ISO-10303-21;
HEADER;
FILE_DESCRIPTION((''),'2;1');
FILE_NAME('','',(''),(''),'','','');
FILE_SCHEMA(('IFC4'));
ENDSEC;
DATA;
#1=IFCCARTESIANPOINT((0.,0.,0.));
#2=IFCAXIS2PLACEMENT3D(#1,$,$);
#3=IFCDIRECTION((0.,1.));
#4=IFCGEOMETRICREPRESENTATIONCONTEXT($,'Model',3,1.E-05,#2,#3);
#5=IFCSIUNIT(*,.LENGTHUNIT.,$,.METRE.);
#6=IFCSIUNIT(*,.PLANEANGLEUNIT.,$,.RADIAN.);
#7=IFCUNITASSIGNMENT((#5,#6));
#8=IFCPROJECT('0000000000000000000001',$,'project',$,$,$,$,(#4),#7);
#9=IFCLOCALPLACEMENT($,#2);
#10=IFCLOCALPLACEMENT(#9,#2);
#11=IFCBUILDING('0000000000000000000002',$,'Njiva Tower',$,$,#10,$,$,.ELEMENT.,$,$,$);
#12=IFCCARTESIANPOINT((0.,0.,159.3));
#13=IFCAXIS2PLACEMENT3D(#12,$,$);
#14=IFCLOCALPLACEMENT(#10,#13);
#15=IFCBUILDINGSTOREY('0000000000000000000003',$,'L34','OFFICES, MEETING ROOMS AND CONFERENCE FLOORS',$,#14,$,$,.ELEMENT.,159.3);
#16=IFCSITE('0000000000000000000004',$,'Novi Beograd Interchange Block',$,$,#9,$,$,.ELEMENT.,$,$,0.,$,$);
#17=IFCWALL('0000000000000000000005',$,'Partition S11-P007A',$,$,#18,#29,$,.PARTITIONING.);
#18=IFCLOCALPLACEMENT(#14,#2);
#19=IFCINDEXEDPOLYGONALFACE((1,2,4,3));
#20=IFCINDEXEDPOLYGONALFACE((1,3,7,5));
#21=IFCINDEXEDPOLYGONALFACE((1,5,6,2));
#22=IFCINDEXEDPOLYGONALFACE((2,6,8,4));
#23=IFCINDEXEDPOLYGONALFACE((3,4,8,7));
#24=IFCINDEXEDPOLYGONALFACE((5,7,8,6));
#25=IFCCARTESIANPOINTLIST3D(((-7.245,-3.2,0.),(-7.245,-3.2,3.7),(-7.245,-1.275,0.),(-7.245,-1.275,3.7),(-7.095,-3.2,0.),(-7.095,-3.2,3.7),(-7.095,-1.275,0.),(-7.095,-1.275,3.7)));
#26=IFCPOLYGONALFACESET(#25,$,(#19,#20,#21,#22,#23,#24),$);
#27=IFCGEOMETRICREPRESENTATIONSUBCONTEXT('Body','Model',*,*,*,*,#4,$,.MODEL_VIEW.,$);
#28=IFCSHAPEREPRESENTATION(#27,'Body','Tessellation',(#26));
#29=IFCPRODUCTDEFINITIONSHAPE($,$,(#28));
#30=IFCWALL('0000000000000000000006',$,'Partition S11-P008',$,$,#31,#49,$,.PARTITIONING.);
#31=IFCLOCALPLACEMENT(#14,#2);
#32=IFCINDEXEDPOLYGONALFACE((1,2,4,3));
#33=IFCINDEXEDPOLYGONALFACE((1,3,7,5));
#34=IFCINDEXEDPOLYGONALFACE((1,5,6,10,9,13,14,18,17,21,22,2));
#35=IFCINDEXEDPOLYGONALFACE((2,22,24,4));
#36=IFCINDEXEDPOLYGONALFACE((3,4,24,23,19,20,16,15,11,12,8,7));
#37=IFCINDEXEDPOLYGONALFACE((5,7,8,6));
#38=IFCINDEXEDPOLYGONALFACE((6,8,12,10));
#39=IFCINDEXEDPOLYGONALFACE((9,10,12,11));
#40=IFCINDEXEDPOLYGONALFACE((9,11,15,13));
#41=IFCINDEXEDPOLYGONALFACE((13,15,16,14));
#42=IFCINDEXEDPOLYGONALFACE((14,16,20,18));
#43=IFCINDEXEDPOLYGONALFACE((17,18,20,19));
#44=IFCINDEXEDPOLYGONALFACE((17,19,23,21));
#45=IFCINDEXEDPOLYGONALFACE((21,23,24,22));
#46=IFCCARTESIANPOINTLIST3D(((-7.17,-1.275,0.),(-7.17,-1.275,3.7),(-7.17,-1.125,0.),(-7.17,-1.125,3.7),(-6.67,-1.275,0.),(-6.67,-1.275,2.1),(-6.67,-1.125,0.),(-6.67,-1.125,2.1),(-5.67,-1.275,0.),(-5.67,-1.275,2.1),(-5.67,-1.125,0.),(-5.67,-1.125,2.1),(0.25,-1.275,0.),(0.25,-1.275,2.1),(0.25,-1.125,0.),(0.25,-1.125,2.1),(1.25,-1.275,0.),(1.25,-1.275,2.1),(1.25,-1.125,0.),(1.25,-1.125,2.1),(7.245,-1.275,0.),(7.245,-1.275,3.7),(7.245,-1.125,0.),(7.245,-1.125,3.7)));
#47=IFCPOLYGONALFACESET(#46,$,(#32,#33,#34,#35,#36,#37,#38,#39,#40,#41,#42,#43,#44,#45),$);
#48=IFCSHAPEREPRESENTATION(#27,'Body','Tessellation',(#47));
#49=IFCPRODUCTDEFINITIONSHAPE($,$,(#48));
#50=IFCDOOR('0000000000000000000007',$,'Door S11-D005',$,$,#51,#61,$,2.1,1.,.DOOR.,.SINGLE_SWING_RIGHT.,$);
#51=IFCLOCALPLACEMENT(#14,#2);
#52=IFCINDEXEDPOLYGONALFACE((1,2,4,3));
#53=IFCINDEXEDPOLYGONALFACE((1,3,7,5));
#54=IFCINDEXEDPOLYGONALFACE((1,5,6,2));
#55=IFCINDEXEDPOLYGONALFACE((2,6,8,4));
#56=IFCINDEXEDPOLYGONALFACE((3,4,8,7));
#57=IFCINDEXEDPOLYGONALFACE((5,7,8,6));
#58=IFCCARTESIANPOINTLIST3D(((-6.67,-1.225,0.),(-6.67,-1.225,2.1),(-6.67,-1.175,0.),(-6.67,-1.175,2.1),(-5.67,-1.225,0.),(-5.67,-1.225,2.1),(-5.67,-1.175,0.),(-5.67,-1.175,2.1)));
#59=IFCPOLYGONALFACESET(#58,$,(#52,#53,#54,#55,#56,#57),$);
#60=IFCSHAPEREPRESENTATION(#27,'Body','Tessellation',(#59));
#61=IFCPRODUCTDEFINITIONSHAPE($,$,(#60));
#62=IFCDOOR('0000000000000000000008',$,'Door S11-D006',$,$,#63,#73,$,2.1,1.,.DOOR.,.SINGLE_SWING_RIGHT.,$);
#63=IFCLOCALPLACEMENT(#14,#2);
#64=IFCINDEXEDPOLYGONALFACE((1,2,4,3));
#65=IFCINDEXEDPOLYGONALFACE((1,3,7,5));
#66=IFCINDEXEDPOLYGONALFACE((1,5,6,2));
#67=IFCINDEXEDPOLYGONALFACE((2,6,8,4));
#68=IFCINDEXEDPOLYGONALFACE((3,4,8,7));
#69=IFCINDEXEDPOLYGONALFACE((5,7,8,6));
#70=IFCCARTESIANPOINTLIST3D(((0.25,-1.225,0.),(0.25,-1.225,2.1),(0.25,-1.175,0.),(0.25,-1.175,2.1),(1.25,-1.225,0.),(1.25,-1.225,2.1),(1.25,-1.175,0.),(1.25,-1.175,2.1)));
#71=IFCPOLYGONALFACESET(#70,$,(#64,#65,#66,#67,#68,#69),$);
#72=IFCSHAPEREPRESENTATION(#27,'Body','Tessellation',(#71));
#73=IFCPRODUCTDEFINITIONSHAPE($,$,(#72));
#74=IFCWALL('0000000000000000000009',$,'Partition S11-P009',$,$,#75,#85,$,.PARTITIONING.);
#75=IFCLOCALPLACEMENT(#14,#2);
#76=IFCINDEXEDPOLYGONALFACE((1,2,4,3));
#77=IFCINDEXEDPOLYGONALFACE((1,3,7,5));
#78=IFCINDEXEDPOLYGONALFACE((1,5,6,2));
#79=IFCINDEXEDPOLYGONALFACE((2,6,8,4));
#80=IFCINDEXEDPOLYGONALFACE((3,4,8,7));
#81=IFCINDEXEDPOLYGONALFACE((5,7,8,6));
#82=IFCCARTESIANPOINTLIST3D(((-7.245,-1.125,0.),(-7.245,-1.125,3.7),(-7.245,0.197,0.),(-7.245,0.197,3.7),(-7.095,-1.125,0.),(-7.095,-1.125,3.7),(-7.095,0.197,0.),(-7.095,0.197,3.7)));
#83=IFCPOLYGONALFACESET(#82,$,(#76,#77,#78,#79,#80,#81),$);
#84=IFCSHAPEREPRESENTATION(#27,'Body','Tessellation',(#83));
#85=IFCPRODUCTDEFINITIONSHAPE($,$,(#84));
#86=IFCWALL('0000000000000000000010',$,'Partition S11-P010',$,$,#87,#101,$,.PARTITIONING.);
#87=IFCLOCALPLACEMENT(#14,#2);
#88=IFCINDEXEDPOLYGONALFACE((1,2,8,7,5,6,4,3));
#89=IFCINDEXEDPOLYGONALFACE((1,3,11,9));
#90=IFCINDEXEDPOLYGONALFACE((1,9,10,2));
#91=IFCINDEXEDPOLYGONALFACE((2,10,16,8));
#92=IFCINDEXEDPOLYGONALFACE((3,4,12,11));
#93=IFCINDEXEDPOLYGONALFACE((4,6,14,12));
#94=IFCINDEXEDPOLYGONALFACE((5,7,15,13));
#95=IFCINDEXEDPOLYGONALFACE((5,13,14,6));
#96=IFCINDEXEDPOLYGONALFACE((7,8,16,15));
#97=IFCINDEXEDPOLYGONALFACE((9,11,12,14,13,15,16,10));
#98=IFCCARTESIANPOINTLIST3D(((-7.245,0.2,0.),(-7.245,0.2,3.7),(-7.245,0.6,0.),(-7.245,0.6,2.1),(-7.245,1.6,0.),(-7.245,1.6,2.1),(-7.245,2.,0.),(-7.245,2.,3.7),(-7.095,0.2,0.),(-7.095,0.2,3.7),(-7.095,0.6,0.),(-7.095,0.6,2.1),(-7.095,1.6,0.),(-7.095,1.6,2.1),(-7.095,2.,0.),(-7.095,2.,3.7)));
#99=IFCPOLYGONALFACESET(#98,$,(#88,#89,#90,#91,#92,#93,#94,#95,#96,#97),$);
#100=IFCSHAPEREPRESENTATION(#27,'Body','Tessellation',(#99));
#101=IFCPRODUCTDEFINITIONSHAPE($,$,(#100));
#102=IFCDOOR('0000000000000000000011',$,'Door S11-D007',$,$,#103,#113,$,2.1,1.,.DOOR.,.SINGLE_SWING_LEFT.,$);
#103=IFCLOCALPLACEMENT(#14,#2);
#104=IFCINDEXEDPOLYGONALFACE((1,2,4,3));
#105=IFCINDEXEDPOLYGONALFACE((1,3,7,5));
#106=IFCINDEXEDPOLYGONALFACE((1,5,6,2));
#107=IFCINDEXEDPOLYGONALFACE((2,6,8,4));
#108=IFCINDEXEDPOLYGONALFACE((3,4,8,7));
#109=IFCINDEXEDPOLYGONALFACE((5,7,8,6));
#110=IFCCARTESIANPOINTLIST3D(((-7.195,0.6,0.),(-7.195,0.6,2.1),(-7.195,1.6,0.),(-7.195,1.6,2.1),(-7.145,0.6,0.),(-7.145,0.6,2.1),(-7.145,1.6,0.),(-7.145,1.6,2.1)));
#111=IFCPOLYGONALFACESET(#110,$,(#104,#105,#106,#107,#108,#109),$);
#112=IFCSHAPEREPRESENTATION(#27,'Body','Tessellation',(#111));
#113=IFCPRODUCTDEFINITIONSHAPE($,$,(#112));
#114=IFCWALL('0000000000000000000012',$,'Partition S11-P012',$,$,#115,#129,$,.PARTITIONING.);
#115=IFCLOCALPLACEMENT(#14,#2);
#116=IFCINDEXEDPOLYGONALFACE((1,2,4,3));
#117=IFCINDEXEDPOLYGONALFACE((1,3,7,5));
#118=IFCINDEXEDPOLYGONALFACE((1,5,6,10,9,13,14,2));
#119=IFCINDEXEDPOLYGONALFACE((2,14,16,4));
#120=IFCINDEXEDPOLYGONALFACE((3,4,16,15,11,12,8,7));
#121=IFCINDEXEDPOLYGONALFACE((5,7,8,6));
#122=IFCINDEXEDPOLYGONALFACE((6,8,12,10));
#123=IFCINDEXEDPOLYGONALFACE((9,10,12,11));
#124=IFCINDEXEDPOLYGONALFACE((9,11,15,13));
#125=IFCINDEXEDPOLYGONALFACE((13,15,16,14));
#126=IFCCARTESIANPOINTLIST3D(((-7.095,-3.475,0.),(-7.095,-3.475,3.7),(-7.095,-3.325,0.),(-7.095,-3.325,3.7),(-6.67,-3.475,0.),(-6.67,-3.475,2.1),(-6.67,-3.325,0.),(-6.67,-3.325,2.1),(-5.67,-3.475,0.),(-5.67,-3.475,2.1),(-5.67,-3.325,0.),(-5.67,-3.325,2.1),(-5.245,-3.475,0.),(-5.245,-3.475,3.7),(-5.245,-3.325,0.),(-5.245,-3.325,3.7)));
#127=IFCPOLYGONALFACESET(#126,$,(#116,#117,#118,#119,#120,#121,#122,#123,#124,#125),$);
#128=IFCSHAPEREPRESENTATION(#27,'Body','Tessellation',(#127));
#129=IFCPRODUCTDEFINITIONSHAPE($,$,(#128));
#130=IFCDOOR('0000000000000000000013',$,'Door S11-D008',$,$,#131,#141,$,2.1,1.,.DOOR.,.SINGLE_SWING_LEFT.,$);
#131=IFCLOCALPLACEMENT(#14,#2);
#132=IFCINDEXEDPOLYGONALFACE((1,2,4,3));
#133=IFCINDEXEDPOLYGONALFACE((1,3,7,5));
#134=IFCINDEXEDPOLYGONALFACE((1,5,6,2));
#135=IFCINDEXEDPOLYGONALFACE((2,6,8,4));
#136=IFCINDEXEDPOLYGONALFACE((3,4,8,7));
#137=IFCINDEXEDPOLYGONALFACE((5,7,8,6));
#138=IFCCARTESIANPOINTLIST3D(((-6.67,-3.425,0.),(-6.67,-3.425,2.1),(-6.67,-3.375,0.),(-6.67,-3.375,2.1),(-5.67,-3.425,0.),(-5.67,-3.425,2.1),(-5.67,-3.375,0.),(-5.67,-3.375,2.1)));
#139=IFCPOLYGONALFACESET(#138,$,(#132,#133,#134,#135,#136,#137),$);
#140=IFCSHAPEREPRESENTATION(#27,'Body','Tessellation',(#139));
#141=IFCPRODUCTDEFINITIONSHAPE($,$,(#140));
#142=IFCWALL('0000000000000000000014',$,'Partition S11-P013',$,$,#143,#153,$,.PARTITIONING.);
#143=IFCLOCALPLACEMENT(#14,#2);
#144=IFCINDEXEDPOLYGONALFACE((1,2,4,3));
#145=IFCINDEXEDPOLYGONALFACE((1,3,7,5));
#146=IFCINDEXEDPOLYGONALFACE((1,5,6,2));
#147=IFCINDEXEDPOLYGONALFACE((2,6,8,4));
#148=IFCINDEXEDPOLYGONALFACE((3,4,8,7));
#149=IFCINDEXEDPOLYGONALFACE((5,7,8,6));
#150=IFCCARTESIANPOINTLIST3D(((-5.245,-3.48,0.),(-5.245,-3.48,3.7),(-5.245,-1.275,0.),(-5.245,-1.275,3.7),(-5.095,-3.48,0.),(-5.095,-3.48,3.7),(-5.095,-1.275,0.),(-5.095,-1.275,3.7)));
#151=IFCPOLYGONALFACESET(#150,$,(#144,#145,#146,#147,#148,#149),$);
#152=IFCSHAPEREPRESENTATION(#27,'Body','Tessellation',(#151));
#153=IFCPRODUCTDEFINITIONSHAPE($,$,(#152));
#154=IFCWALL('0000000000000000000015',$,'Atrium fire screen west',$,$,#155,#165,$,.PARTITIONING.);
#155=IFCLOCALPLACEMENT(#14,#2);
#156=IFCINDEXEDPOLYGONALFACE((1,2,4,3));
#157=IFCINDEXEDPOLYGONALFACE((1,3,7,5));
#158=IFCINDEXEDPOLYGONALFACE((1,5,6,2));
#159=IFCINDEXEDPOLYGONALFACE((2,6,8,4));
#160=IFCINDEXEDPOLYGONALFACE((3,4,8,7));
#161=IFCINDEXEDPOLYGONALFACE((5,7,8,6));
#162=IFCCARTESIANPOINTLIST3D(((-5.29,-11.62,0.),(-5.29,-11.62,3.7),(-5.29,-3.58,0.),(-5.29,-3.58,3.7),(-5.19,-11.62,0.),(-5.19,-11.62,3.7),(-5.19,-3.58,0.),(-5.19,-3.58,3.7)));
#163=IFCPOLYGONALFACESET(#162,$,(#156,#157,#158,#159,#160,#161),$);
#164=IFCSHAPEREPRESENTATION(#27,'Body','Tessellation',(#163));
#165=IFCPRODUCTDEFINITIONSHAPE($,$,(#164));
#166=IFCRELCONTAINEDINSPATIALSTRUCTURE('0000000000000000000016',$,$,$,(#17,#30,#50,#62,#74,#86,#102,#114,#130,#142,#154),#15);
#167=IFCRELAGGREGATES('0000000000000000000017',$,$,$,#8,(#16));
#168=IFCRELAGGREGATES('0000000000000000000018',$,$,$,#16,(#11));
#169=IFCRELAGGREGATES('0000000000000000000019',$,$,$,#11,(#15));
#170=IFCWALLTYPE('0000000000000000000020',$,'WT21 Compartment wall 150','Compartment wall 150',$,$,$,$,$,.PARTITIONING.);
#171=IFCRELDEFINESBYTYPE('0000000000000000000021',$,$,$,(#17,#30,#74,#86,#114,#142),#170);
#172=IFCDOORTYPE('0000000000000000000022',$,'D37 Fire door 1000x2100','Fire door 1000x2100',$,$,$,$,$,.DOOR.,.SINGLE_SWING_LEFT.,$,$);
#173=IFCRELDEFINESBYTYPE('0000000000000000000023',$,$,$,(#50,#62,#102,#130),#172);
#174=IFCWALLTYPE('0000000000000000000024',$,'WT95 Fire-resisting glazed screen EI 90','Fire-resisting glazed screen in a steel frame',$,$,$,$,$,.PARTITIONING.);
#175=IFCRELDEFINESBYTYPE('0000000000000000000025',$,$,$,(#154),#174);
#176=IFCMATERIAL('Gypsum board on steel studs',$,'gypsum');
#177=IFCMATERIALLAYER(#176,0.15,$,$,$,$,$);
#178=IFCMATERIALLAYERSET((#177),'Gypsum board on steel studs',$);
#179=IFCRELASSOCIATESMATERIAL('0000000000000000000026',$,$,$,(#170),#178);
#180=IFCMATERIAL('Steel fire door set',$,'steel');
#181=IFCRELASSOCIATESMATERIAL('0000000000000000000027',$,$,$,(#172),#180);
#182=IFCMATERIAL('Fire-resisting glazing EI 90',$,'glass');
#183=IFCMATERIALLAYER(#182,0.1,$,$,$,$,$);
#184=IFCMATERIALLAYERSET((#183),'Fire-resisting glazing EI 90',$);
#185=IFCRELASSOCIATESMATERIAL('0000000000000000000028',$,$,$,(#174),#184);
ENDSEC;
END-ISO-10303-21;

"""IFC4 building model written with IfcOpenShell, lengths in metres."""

from ifc_helpers import new_model, si_unit, direction, frame, frame_2d, origin, place, context, subcontext, project, spatial, rectangle, extrude, material, layer, layer_set, type_object, element, fill, save


model = new_model("IFC4")

# Units and contexts
model_context = context("Model", 3, precision=1e-05, world=origin(), true_north=direction((0.0, 1.0)))
body_context = subcontext(model_context, "Body", "Model", "MODEL_VIEW")
ifc_project = project(units=[si_unit("LENGTHUNIT", "METRE"), si_unit("PLANEANGLEUNIT", "RADIAN")], contexts=[model_context])

# Site, building, storey
site_placement = place(None, origin())
site = spatial("IfcSite", under=ifc_project, at=site_placement, Name="Novi Beograd Interchange Block", CompositionType="ELEMENT", RefElevation=0.0)
building_placement = place(site_placement, origin())
building = spatial("IfcBuilding", under=site, at=building_placement, Name="Njiva Tower", CompositionType="ELEMENT")
storey_placement = place(building_placement, frame((0.0, 0.0, 159.3)))
storey = spatial("IfcBuildingStorey", under=building, at=storey_placement, Name="L34", Description="OFFICES, MEETING ROOMS AND CONFERENCE FLOORS", CompositionType="ELEMENT", Elevation=159.3)

# Shared definitions
ifc_material_1 = material(Name="Gypsum board on steel studs", Category="gypsum")
ifc_layer_1 = layer(ifc_material_1, 0.15)
ifc_layer_set_1 = layer_set([ifc_layer_1], Name="Gypsum board on steel studs")
wall_type_1 = type_object("IfcWallType", Name="WT21 Compartment wall 150", Description="Compartment wall 150", PredefinedType="PARTITIONING", material=ifc_layer_set_1)
ifc_material_2 = material(Name="Steel fire door set", Category="steel")
door_type = type_object("IfcDoorType", Name="D37 Fire door 1000x2100", Description="Fire door 1000x2100", OperationType="SINGLE_SWING_LEFT", PredefinedType="DOOR", material=ifc_material_2)

# Wall
wall_1_placement = place(storey_placement, frame((-7.17, -3.2, 0.0), z_axis=(0.0, 0.0, 1.0), x_axis=(0.0, 1.0, 0.0)))
element("IfcWall", 1, at=wall_1_placement, inside=storey, type_object=wall_type_1, Name="Partition S11-P007A", PredefinedType="PARTITIONING", context=body_context, shape_type="SweptSolid", body=[
    extrude(rectangle(XDim=1.925, YDim=0.15, at=frame_2d((0.9625, 0.0))), origin(), (0.0, 0.0, 1.0), 3.7),
])

# Wall, openings, doors
wall_2_placement = place(storey_placement, frame((-7.17, -1.2, 0.0), z_axis=(0.0, 0.0, 1.0), x_axis=(1.0, 0.0, 0.0)))
wall_2 = element("IfcWall", 2, at=wall_2_placement, inside=storey, type_object=wall_type_1, Name="Partition S11-P008", PredefinedType="PARTITIONING", context=body_context, shape_type="SweptSolid", body=[
    extrude(rectangle(XDim=14.415, YDim=0.15, at=frame_2d((7.2075, 0.0))), origin(), (0.0, 0.0, 1.0), 3.7),
])
opening_1_placement = place(wall_2_placement, frame((0.5, 0.0, 0.0)))
opening_1 = element("IfcOpeningElement", 3, at=opening_1_placement, cuts=wall_2, PredefinedType="OPENING", context=body_context, shape_type="SweptSolid", body=[
    extrude(rectangle(XDim=1.0, YDim=2.1, at=frame_2d((0.5, 1.05))), frame((0.0, 0.085, 0.0), z_axis=(0.0, -1.0, 0.0), x_axis=(1.0, 0.0, 0.0)), (0.0, 0.0, 1.0), 0.17),
])
opening_2_placement = place(wall_2_placement, frame((7.42, 0.0, 0.0)))
opening_2 = element("IfcOpeningElement", 4, at=opening_2_placement, cuts=wall_2, PredefinedType="OPENING", context=body_context, shape_type="SweptSolid", body=[
    extrude(rectangle(XDim=1.0, YDim=2.1, at=frame_2d((0.5, 1.05))), frame((0.0, 0.085, 0.0), z_axis=(0.0, -1.0, 0.0), x_axis=(1.0, 0.0, 0.0)), (0.0, 0.0, 1.0), 0.17),
])
door_1_placement = place(opening_1_placement, origin())
door_1 = element("IfcDoor", 5, at=door_1_placement, inside=storey, type_object=door_type, Name="Door S11-D005", OperationType="SINGLE_SWING_RIGHT", OverallHeight=2.1, OverallWidth=1.0, PredefinedType="DOOR", context=body_context, shape_type="SweptSolid", body=[
    extrude(rectangle(XDim=1.0, YDim=2.1, at=frame_2d((0.5, 1.05))), frame((0.0, 0.025, 0.0), z_axis=(0.0, -1.0, 0.0), x_axis=(1.0, 0.0, 0.0)), (0.0, 0.0, 1.0), 0.05),
])
fill(opening_1, door_1)
door_2_placement = place(opening_2_placement, origin())
door_2 = element("IfcDoor", 6, at=door_2_placement, inside=storey, type_object=door_type, Name="Door S11-D006", OperationType="SINGLE_SWING_RIGHT", OverallHeight=2.1, OverallWidth=1.0, PredefinedType="DOOR", context=body_context, shape_type="SweptSolid", body=[
    extrude(rectangle(XDim=1.0, YDim=2.1, at=frame_2d((0.5, 1.05))), frame((0.0, 0.025, 0.0), z_axis=(0.0, -1.0, 0.0), x_axis=(1.0, 0.0, 0.0)), (0.0, 0.0, 1.0), 0.05),
])
fill(opening_2, door_2)

# Wall
wall_3_placement = place(storey_placement, frame((-7.17, -1.125, 0.0), z_axis=(0.0, 0.0, 1.0), x_axis=(0.0, 1.0, 0.0)))
element("IfcWall", 7, at=wall_3_placement, inside=storey, type_object=wall_type_1, Name="Partition S11-P009", PredefinedType="PARTITIONING", context=body_context, shape_type="SweptSolid", body=[
    extrude(rectangle(XDim=1.322, YDim=0.15, at=frame_2d((0.661, 0.0))), origin(), (0.0, 0.0, 1.0), 3.7),
])

# Walls, openings, doors
wall_4_placement = place(storey_placement, frame((-7.17, 0.2, 0.0), z_axis=(0.0, 0.0, 1.0), x_axis=(0.0, 1.0, 0.0)))
wall_4 = element("IfcWall", 8, at=wall_4_placement, inside=storey, type_object=wall_type_1, Name="Partition S11-P010", PredefinedType="PARTITIONING", context=body_context, shape_type="SweptSolid", body=[
    extrude(rectangle(XDim=1.8, YDim=0.15, at=frame_2d((0.9, 0.0))), origin(), (0.0, 0.0, 1.0), 3.7),
])
opening_3_placement = place(wall_4_placement, frame((0.4, 0.0, 0.0)))
opening_3 = element("IfcOpeningElement", 9, at=opening_3_placement, cuts=wall_4, PredefinedType="OPENING", context=body_context, shape_type="SweptSolid", body=[
    extrude(rectangle(XDim=1.0, YDim=2.1, at=frame_2d((0.5, 1.05))), frame((0.0, 0.085, 0.0), z_axis=(0.0, -1.0, 0.0), x_axis=(1.0, 0.0, 0.0)), (0.0, 0.0, 1.0), 0.17),
])
door_3_placement = place(opening_3_placement, origin())
door_3 = element("IfcDoor", 10, at=door_3_placement, inside=storey, type_object=door_type, Name="Door S11-D007", OperationType="SINGLE_SWING_LEFT", OverallHeight=2.1, OverallWidth=1.0, PredefinedType="DOOR", context=body_context, shape_type="SweptSolid", body=[
    extrude(rectangle(XDim=1.0, YDim=2.1, at=frame_2d((0.5, 1.05))), frame((0.0, 0.025, 0.0), z_axis=(0.0, -1.0, 0.0), x_axis=(1.0, 0.0, 0.0)), (0.0, 0.0, 1.0), 0.05),
])
fill(opening_3, door_3)
wall_5_placement = place(storey_placement, frame((-7.095, -3.4, 0.0), z_axis=(0.0, 0.0, 1.0), x_axis=(1.0, 0.0, 0.0)))
wall_5 = element("IfcWall", 11, at=wall_5_placement, inside=storey, type_object=wall_type_1, Name="Partition S11-P012", PredefinedType="PARTITIONING", context=body_context, shape_type="SweptSolid", body=[
    extrude(rectangle(XDim=1.85, YDim=0.15, at=frame_2d((0.925, 0.0))), origin(), (0.0, 0.0, 1.0), 3.7),
])
opening_4_placement = place(wall_5_placement, frame((0.425, 0.0, 0.0)))
opening_4 = element("IfcOpeningElement", 12, at=opening_4_placement, cuts=wall_5, PredefinedType="OPENING", context=body_context, shape_type="SweptSolid", body=[
    extrude(rectangle(XDim=1.0, YDim=2.1, at=frame_2d((0.5, 1.05))), frame((0.0, 0.085, 0.0), z_axis=(0.0, -1.0, 0.0), x_axis=(1.0, 0.0, 0.0)), (0.0, 0.0, 1.0), 0.17),
])
door_4_placement = place(opening_4_placement, origin())
door_4 = element("IfcDoor", 13, at=door_4_placement, inside=storey, type_object=door_type, Name="Door S11-D008", OperationType="SINGLE_SWING_LEFT", OverallHeight=2.1, OverallWidth=1.0, PredefinedType="DOOR", context=body_context, shape_type="SweptSolid", body=[
    extrude(rectangle(XDim=1.0, YDim=2.1, at=frame_2d((0.5, 1.05))), frame((0.0, 0.025, 0.0), z_axis=(0.0, -1.0, 0.0), x_axis=(1.0, 0.0, 0.0)), (0.0, 0.0, 1.0), 0.05),
])
fill(opening_4, door_4)

# Walls
wall_6_placement = place(storey_placement, frame((-5.17, -3.48, 0.0), z_axis=(0.0, 0.0, 1.0), x_axis=(0.0, 1.0, 0.0)))
element("IfcWall", 14, at=wall_6_placement, inside=storey, type_object=wall_type_1, Name="Partition S11-P013", PredefinedType="PARTITIONING", context=body_context, shape_type="SweptSolid", body=[
    extrude(rectangle(XDim=2.205, YDim=0.15, at=frame_2d((1.1025, 0.0))), origin(), (0.0, 0.0, 1.0), 3.7),
])
ifc_material_3 = material(Name="Fire-resisting glazing EI 90", Category="glass")
ifc_layer_2 = layer(ifc_material_3, 0.1)
ifc_layer_set_2 = layer_set([ifc_layer_2], Name="Fire-resisting glazing EI 90")
wall_type_2 = type_object("IfcWallType", Name="WT95 Fire-resisting glazed screen EI 90", Description="Fire-resisting glazed screen in a steel frame", PredefinedType="PARTITIONING", material=ifc_layer_set_2)
wall_7_placement = place(storey_placement, frame((-5.24, -3.58, 0.0), z_axis=(0.0, 0.0, 1.0), x_axis=(0.0, -1.0, 0.0)))
element("IfcWall", 15, at=wall_7_placement, inside=storey, type_object=wall_type_2, Name="Atrium fire screen west", PredefinedType="PARTITIONING", context=body_context, shape_type="SweptSolid", body=[
    extrude(rectangle(XDim=8.04, YDim=0.1, at=frame_2d((4.02, 0.0))), origin(), (0.0, 0.0, 1.0), 3.7),
])

save(model, "model.ifc")
